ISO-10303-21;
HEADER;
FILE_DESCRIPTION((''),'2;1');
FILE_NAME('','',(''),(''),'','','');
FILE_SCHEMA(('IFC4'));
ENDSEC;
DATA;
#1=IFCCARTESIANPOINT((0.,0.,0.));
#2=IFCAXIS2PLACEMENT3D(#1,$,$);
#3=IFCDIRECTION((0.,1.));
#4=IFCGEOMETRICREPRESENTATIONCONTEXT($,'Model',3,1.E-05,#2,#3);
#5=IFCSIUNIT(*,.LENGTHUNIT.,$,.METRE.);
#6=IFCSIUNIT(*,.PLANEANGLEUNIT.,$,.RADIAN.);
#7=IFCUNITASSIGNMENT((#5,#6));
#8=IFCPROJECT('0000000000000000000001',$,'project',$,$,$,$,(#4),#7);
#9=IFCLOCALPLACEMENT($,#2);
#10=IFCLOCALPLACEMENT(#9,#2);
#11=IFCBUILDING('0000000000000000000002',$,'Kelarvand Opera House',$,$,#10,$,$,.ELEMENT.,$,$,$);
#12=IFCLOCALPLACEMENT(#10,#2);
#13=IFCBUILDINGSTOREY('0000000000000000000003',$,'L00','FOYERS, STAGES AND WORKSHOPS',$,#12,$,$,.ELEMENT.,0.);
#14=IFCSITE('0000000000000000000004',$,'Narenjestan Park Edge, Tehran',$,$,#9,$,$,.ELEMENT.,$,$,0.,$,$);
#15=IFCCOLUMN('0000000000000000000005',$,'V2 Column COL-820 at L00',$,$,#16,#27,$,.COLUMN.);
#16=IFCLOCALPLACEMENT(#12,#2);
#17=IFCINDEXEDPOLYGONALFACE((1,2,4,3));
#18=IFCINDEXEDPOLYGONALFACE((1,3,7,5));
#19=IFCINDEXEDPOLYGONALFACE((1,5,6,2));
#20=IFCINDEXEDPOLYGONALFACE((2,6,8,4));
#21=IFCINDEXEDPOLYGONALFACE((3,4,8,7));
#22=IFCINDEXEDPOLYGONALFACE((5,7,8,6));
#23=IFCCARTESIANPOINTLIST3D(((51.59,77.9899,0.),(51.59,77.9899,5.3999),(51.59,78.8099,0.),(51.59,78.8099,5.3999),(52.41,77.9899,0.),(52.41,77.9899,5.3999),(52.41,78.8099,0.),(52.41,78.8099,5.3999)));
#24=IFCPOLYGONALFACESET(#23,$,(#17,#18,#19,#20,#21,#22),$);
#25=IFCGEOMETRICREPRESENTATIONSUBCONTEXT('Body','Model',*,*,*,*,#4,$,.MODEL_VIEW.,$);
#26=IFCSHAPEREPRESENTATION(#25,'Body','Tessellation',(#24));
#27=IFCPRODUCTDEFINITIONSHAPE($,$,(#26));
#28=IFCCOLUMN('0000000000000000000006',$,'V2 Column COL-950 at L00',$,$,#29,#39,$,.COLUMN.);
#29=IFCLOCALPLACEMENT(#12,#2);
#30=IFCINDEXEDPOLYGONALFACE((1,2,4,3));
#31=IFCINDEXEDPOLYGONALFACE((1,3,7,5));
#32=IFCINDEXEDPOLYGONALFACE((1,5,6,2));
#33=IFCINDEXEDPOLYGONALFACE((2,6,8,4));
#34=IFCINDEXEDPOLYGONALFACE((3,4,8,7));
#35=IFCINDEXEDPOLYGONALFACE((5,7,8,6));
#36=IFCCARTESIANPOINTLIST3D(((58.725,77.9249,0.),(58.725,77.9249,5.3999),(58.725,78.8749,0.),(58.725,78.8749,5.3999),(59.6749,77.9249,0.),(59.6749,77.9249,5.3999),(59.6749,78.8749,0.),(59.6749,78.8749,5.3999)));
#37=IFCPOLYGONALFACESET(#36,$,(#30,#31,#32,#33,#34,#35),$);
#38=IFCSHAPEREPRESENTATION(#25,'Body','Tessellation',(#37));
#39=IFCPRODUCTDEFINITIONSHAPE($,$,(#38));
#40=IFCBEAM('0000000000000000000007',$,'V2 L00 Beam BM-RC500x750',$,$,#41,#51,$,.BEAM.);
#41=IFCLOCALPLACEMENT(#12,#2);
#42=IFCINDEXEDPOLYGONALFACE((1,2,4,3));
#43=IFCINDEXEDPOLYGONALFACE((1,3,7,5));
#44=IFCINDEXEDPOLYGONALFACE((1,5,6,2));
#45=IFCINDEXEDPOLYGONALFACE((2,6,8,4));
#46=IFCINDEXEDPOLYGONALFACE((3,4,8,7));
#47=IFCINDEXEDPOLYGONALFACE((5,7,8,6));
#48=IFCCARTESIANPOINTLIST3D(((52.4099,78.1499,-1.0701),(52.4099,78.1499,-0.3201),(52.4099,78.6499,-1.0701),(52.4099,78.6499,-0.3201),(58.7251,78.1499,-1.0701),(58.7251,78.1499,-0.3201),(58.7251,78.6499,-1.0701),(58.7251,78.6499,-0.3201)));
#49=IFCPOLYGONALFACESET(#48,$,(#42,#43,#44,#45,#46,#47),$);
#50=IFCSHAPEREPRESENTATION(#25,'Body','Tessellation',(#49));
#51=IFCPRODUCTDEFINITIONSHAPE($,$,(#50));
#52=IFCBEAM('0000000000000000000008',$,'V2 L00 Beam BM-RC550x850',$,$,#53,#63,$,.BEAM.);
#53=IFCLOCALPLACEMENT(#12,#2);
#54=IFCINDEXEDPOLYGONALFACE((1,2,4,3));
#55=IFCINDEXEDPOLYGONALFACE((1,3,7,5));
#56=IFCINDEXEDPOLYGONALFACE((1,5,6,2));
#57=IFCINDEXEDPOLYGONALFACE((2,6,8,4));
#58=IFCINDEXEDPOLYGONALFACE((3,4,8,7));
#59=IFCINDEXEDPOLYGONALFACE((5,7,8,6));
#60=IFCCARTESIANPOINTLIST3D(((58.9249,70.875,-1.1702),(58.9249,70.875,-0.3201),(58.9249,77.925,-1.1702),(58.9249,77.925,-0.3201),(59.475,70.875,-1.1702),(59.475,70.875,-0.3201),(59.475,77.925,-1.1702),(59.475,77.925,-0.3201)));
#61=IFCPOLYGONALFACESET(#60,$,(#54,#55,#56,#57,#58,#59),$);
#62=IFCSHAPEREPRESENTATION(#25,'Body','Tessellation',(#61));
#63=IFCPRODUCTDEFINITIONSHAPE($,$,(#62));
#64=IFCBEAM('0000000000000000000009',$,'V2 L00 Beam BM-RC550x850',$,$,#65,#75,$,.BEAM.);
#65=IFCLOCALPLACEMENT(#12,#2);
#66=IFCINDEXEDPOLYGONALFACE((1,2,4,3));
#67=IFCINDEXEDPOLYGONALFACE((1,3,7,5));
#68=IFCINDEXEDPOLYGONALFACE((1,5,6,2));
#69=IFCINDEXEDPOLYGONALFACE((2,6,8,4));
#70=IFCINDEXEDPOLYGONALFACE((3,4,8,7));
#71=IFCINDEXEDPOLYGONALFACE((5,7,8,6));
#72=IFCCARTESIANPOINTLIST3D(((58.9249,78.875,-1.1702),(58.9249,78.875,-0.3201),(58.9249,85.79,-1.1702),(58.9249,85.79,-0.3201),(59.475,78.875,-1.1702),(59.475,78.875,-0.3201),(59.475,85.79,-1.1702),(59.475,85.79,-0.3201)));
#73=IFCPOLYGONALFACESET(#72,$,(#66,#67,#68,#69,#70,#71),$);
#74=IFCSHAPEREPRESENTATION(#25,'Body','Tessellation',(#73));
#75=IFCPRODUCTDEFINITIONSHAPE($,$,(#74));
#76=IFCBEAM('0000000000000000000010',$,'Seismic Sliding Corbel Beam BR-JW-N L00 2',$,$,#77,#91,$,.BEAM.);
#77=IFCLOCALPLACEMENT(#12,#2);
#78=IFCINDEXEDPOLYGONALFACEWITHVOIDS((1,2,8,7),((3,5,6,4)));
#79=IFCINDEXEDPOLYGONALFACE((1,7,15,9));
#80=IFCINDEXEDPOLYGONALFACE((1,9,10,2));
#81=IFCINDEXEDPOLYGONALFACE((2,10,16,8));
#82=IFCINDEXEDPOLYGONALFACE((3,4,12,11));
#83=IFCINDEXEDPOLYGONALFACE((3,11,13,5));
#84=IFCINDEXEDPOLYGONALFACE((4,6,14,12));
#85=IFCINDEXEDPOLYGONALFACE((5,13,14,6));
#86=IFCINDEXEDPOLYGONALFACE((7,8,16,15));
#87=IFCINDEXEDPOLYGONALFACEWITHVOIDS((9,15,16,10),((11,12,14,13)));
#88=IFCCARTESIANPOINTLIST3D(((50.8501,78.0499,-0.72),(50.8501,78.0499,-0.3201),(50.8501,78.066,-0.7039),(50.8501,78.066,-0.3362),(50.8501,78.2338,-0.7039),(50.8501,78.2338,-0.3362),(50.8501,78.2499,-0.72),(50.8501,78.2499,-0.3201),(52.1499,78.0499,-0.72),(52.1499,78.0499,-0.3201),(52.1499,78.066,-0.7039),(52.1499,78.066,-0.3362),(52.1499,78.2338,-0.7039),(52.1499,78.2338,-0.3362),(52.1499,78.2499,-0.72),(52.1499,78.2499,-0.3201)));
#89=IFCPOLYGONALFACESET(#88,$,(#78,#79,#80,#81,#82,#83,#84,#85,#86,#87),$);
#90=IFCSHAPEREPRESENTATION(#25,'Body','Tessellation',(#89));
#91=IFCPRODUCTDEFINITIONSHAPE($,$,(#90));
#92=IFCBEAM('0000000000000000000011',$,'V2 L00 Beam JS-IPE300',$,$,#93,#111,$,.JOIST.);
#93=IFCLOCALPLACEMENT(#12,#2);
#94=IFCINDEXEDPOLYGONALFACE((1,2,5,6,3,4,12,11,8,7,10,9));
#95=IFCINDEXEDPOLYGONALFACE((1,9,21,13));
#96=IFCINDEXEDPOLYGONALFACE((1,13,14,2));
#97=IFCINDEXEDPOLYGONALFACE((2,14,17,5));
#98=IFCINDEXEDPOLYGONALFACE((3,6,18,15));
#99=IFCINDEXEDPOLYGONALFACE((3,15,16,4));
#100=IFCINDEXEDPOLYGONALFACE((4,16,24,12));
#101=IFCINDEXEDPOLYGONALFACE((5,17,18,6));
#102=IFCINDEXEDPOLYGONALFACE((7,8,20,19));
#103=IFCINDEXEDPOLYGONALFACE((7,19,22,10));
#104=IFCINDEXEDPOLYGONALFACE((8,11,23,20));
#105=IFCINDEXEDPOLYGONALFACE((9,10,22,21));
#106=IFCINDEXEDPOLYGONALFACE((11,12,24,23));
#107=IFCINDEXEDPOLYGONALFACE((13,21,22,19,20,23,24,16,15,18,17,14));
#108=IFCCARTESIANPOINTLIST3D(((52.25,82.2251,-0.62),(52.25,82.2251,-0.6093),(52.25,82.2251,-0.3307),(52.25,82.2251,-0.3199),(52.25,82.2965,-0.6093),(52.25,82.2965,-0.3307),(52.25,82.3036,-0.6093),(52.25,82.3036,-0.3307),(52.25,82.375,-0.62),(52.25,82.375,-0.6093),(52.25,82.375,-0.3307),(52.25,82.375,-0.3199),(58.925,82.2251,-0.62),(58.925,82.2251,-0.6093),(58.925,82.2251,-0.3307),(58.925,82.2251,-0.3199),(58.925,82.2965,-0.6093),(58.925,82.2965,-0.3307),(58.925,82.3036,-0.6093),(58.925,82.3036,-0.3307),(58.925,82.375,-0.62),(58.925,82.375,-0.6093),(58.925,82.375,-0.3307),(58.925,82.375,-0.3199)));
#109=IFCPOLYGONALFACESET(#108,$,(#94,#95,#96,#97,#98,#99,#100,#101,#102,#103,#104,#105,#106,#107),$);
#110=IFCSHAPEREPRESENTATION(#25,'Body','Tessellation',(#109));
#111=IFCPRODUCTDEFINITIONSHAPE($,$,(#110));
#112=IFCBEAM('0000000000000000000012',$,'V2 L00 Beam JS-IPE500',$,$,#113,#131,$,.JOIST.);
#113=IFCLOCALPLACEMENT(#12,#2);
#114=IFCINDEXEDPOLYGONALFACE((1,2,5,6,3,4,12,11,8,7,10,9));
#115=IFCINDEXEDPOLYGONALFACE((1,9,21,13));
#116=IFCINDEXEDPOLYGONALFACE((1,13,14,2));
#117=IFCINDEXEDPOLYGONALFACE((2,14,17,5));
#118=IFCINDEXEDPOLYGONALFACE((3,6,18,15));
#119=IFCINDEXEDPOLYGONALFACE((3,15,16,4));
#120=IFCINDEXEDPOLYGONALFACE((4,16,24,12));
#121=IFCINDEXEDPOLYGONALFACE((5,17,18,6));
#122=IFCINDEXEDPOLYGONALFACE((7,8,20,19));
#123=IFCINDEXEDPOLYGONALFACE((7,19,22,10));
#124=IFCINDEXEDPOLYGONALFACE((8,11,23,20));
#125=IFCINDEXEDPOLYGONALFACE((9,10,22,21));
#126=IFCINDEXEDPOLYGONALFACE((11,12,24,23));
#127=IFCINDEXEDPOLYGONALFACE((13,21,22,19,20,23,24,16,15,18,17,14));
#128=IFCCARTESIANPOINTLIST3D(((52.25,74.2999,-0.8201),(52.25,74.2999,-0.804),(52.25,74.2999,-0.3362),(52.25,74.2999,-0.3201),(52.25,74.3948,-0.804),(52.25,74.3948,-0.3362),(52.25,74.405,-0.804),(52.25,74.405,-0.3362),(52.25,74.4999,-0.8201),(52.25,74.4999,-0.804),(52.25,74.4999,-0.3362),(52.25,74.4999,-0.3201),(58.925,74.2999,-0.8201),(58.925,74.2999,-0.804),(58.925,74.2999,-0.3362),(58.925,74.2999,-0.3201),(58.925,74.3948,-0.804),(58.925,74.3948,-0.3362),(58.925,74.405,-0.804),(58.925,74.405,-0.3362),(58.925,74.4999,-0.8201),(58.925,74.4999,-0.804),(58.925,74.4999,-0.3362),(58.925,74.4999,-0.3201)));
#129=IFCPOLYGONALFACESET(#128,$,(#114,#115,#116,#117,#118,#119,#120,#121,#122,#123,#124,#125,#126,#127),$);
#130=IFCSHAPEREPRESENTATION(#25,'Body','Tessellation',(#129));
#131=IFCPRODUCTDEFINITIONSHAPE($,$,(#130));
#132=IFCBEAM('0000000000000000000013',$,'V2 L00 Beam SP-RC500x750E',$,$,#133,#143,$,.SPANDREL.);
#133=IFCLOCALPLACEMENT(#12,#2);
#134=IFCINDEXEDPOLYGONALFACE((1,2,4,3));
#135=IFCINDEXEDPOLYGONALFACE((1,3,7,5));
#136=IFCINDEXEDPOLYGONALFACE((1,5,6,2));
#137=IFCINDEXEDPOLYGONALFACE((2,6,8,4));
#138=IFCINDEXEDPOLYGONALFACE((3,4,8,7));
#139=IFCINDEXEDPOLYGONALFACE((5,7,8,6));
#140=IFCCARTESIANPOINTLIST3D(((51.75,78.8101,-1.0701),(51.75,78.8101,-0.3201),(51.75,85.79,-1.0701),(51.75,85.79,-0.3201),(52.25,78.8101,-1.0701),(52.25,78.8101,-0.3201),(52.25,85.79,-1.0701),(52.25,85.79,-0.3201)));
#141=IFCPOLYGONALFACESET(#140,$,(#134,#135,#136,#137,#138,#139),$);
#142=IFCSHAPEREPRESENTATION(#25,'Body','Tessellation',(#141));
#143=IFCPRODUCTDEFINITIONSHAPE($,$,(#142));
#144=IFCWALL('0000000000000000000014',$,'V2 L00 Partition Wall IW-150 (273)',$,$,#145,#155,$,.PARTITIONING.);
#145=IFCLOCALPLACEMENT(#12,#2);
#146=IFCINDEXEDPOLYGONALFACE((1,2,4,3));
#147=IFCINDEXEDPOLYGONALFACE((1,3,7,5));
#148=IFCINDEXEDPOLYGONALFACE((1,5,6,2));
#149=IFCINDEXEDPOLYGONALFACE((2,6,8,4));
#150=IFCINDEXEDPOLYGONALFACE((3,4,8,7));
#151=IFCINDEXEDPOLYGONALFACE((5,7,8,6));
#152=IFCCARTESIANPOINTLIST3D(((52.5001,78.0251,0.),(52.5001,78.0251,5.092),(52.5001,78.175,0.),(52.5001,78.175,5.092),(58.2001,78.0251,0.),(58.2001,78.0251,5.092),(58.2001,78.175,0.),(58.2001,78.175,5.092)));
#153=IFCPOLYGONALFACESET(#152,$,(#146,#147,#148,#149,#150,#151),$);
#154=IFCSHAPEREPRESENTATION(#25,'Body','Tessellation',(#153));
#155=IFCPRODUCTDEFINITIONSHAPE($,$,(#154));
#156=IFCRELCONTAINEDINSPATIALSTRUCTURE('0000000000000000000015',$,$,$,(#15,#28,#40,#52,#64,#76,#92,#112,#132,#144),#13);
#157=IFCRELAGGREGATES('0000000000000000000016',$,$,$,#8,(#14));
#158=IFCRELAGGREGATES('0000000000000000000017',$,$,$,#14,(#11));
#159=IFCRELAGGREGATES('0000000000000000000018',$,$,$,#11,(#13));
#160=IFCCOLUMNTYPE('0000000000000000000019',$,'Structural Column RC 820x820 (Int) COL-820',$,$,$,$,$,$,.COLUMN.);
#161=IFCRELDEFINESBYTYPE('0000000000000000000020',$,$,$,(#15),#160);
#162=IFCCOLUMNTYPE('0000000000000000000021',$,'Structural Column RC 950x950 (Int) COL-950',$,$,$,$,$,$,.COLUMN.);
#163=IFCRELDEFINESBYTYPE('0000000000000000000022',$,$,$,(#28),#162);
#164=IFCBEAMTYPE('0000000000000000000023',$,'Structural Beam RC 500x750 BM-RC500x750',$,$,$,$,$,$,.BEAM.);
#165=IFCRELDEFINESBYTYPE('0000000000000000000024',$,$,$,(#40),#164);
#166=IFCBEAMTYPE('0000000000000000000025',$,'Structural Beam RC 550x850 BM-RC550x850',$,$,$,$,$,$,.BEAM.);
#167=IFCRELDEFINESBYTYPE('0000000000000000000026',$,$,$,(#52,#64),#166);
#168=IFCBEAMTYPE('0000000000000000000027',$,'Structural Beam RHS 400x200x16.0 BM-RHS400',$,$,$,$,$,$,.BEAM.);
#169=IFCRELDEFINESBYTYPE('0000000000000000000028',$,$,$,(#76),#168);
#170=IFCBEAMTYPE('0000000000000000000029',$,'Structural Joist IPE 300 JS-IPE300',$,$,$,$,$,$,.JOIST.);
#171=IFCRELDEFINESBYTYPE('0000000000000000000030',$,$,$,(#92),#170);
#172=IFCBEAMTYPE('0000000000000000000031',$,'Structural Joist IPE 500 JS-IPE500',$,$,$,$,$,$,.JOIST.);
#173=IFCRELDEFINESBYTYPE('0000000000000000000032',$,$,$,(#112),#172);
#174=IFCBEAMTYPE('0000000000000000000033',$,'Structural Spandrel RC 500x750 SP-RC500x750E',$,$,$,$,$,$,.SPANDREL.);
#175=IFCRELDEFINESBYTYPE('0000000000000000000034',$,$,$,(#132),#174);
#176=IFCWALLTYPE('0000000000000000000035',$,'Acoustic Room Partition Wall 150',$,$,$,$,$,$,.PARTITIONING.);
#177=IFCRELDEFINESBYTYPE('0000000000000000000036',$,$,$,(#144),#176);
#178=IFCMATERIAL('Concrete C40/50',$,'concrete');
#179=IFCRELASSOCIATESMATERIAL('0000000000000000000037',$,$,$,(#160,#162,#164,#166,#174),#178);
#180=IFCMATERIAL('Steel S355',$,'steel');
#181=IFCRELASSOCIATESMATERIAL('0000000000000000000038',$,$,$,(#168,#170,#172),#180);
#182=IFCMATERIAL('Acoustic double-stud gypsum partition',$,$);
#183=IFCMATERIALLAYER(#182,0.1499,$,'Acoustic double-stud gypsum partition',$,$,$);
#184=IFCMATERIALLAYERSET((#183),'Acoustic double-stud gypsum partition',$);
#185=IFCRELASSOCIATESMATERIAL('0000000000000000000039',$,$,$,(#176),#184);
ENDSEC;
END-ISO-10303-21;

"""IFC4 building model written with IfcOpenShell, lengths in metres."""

from ifc_helpers import new_model, si_unit, direction, frame, frame_2d, origin, origin_2d, place, context, subcontext, project, spatial, rectangle, hollow_rectangle, i_section, extrude, material, layer, layer_set, material_profile, profile_set, type_object, element, save


model = new_model("IFC4")

# Units and contexts
model_context = context("Model", 3, precision=1e-05, world=origin(), true_north=direction((0.0, 1.0)))
body_context = subcontext(model_context, "Body", "Model", "MODEL_VIEW")
ifc_project = project(units=[si_unit("LENGTHUNIT", "METRE"), si_unit("PLANEANGLEUNIT", "RADIAN")], contexts=[model_context])

# Site, building, storey
site_placement = place(None, origin())
site = spatial("IfcSite", under=ifc_project, at=site_placement, Name="Narenjestan Park Edge, Tehran", CompositionType="ELEMENT", RefElevation=0.0)
building_placement = place(site_placement, origin())
building = spatial("IfcBuilding", under=site, at=building_placement, Name="Kelarvand Opera House", CompositionType="ELEMENT")
storey_placement = place(building_placement, origin())
storey = spatial("IfcBuildingStorey", under=building, at=storey_placement, Name="L00", Description="FOYERS, STAGES AND WORKSHOPS", CompositionType="ELEMENT", Elevation=0.0)

# Columns
ifc_material_1 = material(Name="Concrete C40/50", Category="concrete")
ifc_material_profile_1 = material_profile(ifc_material_1, rectangle(XDim=0.8201, YDim=0.8201, at=origin_2d()), Name="RC 820x820", Category="concrete")
ifc_profile_set_1 = profile_set([ifc_material_profile_1], Name="Concrete C40/50")
column_type_1 = type_object("IfcColumnType", Name="Structural Column RC 820x820 (Int) COL-820", PredefinedType="COLUMN", material=ifc_profile_set_1)
column_1_placement = place(storey_placement, frame((52.0, 78.3999, 0.0), z_axis=(0.0, 0.0, 1.0), x_axis=(1.0, 0.0, 0.0)))
element("IfcColumn", 1, at=column_1_placement, inside=storey, type_object=column_type_1, Name="V2 Column COL-820 at L00", PredefinedType="COLUMN", context=body_context, shape_type="SweptSolid", body=[
    extrude(rectangle(XDim=0.8201, YDim=0.8201, at=origin_2d()), origin(), (0.0, 0.0, 1.0), 5.3999),
])
ifc_material_profile_2 = material_profile(ifc_material_1, rectangle(XDim=0.95, YDim=0.95, at=origin_2d()), Name="RC 950x950", Category="concrete")
ifc_profile_set_2 = profile_set([ifc_material_profile_2], Name="Concrete C40/50")
column_type_2 = type_object("IfcColumnType", Name="Structural Column RC 950x950 (Int) COL-950", PredefinedType="COLUMN", material=ifc_profile_set_2)
column_2_placement = place(storey_placement, frame((59.2, 78.3999, 0.0), z_axis=(0.0, 0.0, 1.0), x_axis=(1.0, 0.0, 0.0)))
element("IfcColumn", 2, at=column_2_placement, inside=storey, type_object=column_type_2, Name="V2 Column COL-950 at L00", PredefinedType="COLUMN", context=body_context, shape_type="SweptSolid", body=[
    extrude(rectangle(XDim=0.95, YDim=0.95, at=origin_2d()), origin(), (0.0, 0.0, 1.0), 5.3999),
])

# Beams
ifc_material_profile_3 = material_profile(ifc_material_1, rectangle(XDim=0.5, YDim=0.75, at=origin_2d()), Name="RC 500x750", Category="concrete")
ifc_profile_set_3 = profile_set([ifc_material_profile_3], Name="Concrete C40/50")
beam_type_1 = type_object("IfcBeamType", Name="Structural Beam RC 500x750 BM-RC500x750", PredefinedType="BEAM", material=ifc_profile_set_3)
beam_1_placement = place(storey_placement, frame((52.4099, 78.3999, -0.6951), z_axis=(1.0, 0.0, 0.0), x_axis=(0.0, 1.0, 0.0)))
element("IfcBeam", 3, at=beam_1_placement, inside=storey, type_object=beam_type_1, Name="V2 L00 Beam BM-RC500x750", PredefinedType="BEAM", context=body_context, shape_type="SweptSolid", body=[
    extrude(rectangle(XDim=0.5, YDim=0.75, at=origin_2d()), origin(), (0.0, 0.0, 1.0), 6.3152),
])
ifc_material_profile_4 = material_profile(ifc_material_1, rectangle(XDim=0.55, YDim=0.8501, at=origin_2d()), Name="RC 550x850", Category="concrete")
ifc_profile_set_4 = profile_set([ifc_material_profile_4], Name="Concrete C40/50")
beam_type_2 = type_object("IfcBeamType", Name="Structural Beam RC 550x850 BM-RC550x850", PredefinedType="BEAM", material=ifc_profile_set_4)
beam_2_placement = place(storey_placement, frame((59.2, 70.875, -0.7451), z_axis=(0.0, 1.0, 0.0), x_axis=(-1.0, 0.0, 0.0)))
element("IfcBeam", 4, at=beam_2_placement, inside=storey, type_object=beam_type_2, Name="V2 L00 Beam BM-RC550x850", PredefinedType="BEAM", context=body_context, shape_type="SweptSolid", body=[
    extrude(rectangle(XDim=0.55, YDim=0.8501, at=origin_2d()), origin(), (0.0, 0.0, 1.0), 7.05),
])
beam_3_placement = place(storey_placement, frame((59.2, 78.875, -0.7451), z_axis=(0.0, 1.0, 0.0), x_axis=(-1.0, 0.0, 0.0)))
element("IfcBeam", 5, at=beam_3_placement, inside=storey, type_object=beam_type_2, Name="V2 L00 Beam BM-RC550x850", PredefinedType="BEAM", context=body_context, shape_type="SweptSolid", body=[
    extrude(rectangle(XDim=0.55, YDim=0.8501, at=origin_2d()), origin(), (0.0, 0.0, 1.0), 6.915),
])
ifc_material_2 = material(Name="Steel S355", Category="steel")
ifc_material_profile_5 = material_profile(ifc_material_2, hollow_rectangle(XDim=0.2, YDim=0.3999, WallThickness=0.0161, at=origin_2d()), Name="RHS 400x200x16.0", Category="steel")
ifc_profile_set_5 = profile_set([ifc_material_profile_5], Name="Steel S355")
beam_type_3 = type_object("IfcBeamType", Name="Structural Beam RHS 400x200x16.0 BM-RHS400", PredefinedType="BEAM", material=ifc_profile_set_5)
beam_4_placement = place(storey_placement, frame((50.8501, 78.1499, -0.52), z_axis=(1.0, 0.0, 0.0), x_axis=(0.0, 1.0, 0.0)))
element("IfcBeam", 6, at=beam_4_placement, inside=storey, type_object=beam_type_3, Name="Seismic Sliding Corbel Beam BR-JW-N L00 2", PredefinedType="BEAM", context=body_context, shape_type="SweptSolid", body=[
    extrude(hollow_rectangle(XDim=0.2, YDim=0.3999, WallThickness=0.0161, at=origin_2d()), origin(), (0.0, 0.0, 1.0), 1.2998),
])
ifc_material_profile_6 = material_profile(ifc_material_2, i_section(OverallWidth=0.1499, OverallDepth=0.3, WebThickness=0.0071, FlangeThickness=0.0107, at=origin_2d()), Name="IPE 300", Category="steel")
ifc_profile_set_6 = profile_set([ifc_material_profile_6], Name="Steel S355")
beam_type_4 = type_object("IfcBeamType", Name="Structural Joist IPE 300 JS-IPE300", PredefinedType="JOIST", material=ifc_profile_set_6)
beam_5_placement = place(storey_placement, frame((52.25, 82.3, -0.47), z_axis=(1.0, 0.0, 0.0), x_axis=(0.0, 1.0, 0.0)))
element("IfcBeam", 7, at=beam_5_placement, inside=storey, type_object=beam_type_4, Name="V2 L00 Beam JS-IPE300", PredefinedType="JOIST", context=body_context, shape_type="SweptSolid", body=[
    extrude(i_section(OverallWidth=0.1499, OverallDepth=0.3, WebThickness=0.0071, FlangeThickness=0.0107, at=origin_2d()), origin(), (0.0, 0.0, 1.0), 6.675),
])
ifc_material_profile_7 = material_profile(ifc_material_2, i_section(OverallWidth=0.2, OverallDepth=0.5, WebThickness=0.0103, FlangeThickness=0.0161, at=origin_2d()), Name="IPE 500", Category="steel")
ifc_profile_set_7 = profile_set([ifc_material_profile_7], Name="Steel S355")
beam_type_5 = type_object("IfcBeamType", Name="Structural Joist IPE 500 JS-IPE500", PredefinedType="JOIST", material=ifc_profile_set_7)
beam_6_placement = place(storey_placement, frame((52.25, 74.3999, -0.5701), z_axis=(1.0, 0.0, 0.0), x_axis=(0.0, 1.0, 0.0)))
element("IfcBeam", 8, at=beam_6_placement, inside=storey, type_object=beam_type_5, Name="V2 L00 Beam JS-IPE500", PredefinedType="JOIST", context=body_context, shape_type="SweptSolid", body=[
    extrude(i_section(OverallWidth=0.2, OverallDepth=0.5, WebThickness=0.0103, FlangeThickness=0.0161, at=origin_2d()), origin(), (0.0, 0.0, 1.0), 6.675),
])
ifc_material_profile_8 = material_profile(ifc_material_1, rectangle(XDim=0.5, YDim=0.75, at=origin_2d()), Name="RC 500x750", Category="concrete")
ifc_profile_set_8 = profile_set([ifc_material_profile_8], Name="Concrete C40/50")
beam_type_6 = type_object("IfcBeamType", Name="Structural Spandrel RC 500x750 SP-RC500x750E", PredefinedType="SPANDREL", material=ifc_profile_set_8)
beam_7_placement = place(storey_placement, frame((52.0, 78.8101, -0.6951), z_axis=(0.0, 1.0, 0.0), x_axis=(-1.0, 0.0, 0.0)))
element("IfcBeam", 9, at=beam_7_placement, inside=storey, type_object=beam_type_6, Name="V2 L00 Beam SP-RC500x750E", PredefinedType="SPANDREL", context=body_context, shape_type="SweptSolid", body=[
    extrude(rectangle(XDim=0.5, YDim=0.75, at=origin_2d()), origin(), (0.0, 0.0, 1.0), 6.98),
])

# Wall
ifc_material_3 = material(Name="Acoustic double-stud gypsum partition")
ifc_layer_1 = layer(ifc_material_3, 0.1499, Name="Acoustic double-stud gypsum partition")
ifc_layer_set_1 = layer_set([ifc_layer_1], Name="Acoustic double-stud gypsum partition")
wall_type_1 = type_object("IfcWallType", Name="Acoustic Room Partition Wall 150", PredefinedType="PARTITIONING", material=ifc_layer_set_1)
wall_1_placement = place(storey_placement, frame((52.5, 78.1001, 0.0), z_axis=(0.0, 0.0, 1.0), x_axis=(1.0, 0.0, 0.0)))
element("IfcWall", 10, at=wall_1_placement, inside=storey, type_object=wall_type_1, Name="V2 L00 Partition Wall IW-150 (273)", PredefinedType="PARTITIONING", context=body_context, shape_type="SweptSolid", body=[
    extrude(rectangle(XDim=5.7, YDim=0.1499, at=frame_2d((2.8501, 0.0))), origin(), (0.0, 0.0, 1.0), 5.092),
])

save(model, "model.ifc")
